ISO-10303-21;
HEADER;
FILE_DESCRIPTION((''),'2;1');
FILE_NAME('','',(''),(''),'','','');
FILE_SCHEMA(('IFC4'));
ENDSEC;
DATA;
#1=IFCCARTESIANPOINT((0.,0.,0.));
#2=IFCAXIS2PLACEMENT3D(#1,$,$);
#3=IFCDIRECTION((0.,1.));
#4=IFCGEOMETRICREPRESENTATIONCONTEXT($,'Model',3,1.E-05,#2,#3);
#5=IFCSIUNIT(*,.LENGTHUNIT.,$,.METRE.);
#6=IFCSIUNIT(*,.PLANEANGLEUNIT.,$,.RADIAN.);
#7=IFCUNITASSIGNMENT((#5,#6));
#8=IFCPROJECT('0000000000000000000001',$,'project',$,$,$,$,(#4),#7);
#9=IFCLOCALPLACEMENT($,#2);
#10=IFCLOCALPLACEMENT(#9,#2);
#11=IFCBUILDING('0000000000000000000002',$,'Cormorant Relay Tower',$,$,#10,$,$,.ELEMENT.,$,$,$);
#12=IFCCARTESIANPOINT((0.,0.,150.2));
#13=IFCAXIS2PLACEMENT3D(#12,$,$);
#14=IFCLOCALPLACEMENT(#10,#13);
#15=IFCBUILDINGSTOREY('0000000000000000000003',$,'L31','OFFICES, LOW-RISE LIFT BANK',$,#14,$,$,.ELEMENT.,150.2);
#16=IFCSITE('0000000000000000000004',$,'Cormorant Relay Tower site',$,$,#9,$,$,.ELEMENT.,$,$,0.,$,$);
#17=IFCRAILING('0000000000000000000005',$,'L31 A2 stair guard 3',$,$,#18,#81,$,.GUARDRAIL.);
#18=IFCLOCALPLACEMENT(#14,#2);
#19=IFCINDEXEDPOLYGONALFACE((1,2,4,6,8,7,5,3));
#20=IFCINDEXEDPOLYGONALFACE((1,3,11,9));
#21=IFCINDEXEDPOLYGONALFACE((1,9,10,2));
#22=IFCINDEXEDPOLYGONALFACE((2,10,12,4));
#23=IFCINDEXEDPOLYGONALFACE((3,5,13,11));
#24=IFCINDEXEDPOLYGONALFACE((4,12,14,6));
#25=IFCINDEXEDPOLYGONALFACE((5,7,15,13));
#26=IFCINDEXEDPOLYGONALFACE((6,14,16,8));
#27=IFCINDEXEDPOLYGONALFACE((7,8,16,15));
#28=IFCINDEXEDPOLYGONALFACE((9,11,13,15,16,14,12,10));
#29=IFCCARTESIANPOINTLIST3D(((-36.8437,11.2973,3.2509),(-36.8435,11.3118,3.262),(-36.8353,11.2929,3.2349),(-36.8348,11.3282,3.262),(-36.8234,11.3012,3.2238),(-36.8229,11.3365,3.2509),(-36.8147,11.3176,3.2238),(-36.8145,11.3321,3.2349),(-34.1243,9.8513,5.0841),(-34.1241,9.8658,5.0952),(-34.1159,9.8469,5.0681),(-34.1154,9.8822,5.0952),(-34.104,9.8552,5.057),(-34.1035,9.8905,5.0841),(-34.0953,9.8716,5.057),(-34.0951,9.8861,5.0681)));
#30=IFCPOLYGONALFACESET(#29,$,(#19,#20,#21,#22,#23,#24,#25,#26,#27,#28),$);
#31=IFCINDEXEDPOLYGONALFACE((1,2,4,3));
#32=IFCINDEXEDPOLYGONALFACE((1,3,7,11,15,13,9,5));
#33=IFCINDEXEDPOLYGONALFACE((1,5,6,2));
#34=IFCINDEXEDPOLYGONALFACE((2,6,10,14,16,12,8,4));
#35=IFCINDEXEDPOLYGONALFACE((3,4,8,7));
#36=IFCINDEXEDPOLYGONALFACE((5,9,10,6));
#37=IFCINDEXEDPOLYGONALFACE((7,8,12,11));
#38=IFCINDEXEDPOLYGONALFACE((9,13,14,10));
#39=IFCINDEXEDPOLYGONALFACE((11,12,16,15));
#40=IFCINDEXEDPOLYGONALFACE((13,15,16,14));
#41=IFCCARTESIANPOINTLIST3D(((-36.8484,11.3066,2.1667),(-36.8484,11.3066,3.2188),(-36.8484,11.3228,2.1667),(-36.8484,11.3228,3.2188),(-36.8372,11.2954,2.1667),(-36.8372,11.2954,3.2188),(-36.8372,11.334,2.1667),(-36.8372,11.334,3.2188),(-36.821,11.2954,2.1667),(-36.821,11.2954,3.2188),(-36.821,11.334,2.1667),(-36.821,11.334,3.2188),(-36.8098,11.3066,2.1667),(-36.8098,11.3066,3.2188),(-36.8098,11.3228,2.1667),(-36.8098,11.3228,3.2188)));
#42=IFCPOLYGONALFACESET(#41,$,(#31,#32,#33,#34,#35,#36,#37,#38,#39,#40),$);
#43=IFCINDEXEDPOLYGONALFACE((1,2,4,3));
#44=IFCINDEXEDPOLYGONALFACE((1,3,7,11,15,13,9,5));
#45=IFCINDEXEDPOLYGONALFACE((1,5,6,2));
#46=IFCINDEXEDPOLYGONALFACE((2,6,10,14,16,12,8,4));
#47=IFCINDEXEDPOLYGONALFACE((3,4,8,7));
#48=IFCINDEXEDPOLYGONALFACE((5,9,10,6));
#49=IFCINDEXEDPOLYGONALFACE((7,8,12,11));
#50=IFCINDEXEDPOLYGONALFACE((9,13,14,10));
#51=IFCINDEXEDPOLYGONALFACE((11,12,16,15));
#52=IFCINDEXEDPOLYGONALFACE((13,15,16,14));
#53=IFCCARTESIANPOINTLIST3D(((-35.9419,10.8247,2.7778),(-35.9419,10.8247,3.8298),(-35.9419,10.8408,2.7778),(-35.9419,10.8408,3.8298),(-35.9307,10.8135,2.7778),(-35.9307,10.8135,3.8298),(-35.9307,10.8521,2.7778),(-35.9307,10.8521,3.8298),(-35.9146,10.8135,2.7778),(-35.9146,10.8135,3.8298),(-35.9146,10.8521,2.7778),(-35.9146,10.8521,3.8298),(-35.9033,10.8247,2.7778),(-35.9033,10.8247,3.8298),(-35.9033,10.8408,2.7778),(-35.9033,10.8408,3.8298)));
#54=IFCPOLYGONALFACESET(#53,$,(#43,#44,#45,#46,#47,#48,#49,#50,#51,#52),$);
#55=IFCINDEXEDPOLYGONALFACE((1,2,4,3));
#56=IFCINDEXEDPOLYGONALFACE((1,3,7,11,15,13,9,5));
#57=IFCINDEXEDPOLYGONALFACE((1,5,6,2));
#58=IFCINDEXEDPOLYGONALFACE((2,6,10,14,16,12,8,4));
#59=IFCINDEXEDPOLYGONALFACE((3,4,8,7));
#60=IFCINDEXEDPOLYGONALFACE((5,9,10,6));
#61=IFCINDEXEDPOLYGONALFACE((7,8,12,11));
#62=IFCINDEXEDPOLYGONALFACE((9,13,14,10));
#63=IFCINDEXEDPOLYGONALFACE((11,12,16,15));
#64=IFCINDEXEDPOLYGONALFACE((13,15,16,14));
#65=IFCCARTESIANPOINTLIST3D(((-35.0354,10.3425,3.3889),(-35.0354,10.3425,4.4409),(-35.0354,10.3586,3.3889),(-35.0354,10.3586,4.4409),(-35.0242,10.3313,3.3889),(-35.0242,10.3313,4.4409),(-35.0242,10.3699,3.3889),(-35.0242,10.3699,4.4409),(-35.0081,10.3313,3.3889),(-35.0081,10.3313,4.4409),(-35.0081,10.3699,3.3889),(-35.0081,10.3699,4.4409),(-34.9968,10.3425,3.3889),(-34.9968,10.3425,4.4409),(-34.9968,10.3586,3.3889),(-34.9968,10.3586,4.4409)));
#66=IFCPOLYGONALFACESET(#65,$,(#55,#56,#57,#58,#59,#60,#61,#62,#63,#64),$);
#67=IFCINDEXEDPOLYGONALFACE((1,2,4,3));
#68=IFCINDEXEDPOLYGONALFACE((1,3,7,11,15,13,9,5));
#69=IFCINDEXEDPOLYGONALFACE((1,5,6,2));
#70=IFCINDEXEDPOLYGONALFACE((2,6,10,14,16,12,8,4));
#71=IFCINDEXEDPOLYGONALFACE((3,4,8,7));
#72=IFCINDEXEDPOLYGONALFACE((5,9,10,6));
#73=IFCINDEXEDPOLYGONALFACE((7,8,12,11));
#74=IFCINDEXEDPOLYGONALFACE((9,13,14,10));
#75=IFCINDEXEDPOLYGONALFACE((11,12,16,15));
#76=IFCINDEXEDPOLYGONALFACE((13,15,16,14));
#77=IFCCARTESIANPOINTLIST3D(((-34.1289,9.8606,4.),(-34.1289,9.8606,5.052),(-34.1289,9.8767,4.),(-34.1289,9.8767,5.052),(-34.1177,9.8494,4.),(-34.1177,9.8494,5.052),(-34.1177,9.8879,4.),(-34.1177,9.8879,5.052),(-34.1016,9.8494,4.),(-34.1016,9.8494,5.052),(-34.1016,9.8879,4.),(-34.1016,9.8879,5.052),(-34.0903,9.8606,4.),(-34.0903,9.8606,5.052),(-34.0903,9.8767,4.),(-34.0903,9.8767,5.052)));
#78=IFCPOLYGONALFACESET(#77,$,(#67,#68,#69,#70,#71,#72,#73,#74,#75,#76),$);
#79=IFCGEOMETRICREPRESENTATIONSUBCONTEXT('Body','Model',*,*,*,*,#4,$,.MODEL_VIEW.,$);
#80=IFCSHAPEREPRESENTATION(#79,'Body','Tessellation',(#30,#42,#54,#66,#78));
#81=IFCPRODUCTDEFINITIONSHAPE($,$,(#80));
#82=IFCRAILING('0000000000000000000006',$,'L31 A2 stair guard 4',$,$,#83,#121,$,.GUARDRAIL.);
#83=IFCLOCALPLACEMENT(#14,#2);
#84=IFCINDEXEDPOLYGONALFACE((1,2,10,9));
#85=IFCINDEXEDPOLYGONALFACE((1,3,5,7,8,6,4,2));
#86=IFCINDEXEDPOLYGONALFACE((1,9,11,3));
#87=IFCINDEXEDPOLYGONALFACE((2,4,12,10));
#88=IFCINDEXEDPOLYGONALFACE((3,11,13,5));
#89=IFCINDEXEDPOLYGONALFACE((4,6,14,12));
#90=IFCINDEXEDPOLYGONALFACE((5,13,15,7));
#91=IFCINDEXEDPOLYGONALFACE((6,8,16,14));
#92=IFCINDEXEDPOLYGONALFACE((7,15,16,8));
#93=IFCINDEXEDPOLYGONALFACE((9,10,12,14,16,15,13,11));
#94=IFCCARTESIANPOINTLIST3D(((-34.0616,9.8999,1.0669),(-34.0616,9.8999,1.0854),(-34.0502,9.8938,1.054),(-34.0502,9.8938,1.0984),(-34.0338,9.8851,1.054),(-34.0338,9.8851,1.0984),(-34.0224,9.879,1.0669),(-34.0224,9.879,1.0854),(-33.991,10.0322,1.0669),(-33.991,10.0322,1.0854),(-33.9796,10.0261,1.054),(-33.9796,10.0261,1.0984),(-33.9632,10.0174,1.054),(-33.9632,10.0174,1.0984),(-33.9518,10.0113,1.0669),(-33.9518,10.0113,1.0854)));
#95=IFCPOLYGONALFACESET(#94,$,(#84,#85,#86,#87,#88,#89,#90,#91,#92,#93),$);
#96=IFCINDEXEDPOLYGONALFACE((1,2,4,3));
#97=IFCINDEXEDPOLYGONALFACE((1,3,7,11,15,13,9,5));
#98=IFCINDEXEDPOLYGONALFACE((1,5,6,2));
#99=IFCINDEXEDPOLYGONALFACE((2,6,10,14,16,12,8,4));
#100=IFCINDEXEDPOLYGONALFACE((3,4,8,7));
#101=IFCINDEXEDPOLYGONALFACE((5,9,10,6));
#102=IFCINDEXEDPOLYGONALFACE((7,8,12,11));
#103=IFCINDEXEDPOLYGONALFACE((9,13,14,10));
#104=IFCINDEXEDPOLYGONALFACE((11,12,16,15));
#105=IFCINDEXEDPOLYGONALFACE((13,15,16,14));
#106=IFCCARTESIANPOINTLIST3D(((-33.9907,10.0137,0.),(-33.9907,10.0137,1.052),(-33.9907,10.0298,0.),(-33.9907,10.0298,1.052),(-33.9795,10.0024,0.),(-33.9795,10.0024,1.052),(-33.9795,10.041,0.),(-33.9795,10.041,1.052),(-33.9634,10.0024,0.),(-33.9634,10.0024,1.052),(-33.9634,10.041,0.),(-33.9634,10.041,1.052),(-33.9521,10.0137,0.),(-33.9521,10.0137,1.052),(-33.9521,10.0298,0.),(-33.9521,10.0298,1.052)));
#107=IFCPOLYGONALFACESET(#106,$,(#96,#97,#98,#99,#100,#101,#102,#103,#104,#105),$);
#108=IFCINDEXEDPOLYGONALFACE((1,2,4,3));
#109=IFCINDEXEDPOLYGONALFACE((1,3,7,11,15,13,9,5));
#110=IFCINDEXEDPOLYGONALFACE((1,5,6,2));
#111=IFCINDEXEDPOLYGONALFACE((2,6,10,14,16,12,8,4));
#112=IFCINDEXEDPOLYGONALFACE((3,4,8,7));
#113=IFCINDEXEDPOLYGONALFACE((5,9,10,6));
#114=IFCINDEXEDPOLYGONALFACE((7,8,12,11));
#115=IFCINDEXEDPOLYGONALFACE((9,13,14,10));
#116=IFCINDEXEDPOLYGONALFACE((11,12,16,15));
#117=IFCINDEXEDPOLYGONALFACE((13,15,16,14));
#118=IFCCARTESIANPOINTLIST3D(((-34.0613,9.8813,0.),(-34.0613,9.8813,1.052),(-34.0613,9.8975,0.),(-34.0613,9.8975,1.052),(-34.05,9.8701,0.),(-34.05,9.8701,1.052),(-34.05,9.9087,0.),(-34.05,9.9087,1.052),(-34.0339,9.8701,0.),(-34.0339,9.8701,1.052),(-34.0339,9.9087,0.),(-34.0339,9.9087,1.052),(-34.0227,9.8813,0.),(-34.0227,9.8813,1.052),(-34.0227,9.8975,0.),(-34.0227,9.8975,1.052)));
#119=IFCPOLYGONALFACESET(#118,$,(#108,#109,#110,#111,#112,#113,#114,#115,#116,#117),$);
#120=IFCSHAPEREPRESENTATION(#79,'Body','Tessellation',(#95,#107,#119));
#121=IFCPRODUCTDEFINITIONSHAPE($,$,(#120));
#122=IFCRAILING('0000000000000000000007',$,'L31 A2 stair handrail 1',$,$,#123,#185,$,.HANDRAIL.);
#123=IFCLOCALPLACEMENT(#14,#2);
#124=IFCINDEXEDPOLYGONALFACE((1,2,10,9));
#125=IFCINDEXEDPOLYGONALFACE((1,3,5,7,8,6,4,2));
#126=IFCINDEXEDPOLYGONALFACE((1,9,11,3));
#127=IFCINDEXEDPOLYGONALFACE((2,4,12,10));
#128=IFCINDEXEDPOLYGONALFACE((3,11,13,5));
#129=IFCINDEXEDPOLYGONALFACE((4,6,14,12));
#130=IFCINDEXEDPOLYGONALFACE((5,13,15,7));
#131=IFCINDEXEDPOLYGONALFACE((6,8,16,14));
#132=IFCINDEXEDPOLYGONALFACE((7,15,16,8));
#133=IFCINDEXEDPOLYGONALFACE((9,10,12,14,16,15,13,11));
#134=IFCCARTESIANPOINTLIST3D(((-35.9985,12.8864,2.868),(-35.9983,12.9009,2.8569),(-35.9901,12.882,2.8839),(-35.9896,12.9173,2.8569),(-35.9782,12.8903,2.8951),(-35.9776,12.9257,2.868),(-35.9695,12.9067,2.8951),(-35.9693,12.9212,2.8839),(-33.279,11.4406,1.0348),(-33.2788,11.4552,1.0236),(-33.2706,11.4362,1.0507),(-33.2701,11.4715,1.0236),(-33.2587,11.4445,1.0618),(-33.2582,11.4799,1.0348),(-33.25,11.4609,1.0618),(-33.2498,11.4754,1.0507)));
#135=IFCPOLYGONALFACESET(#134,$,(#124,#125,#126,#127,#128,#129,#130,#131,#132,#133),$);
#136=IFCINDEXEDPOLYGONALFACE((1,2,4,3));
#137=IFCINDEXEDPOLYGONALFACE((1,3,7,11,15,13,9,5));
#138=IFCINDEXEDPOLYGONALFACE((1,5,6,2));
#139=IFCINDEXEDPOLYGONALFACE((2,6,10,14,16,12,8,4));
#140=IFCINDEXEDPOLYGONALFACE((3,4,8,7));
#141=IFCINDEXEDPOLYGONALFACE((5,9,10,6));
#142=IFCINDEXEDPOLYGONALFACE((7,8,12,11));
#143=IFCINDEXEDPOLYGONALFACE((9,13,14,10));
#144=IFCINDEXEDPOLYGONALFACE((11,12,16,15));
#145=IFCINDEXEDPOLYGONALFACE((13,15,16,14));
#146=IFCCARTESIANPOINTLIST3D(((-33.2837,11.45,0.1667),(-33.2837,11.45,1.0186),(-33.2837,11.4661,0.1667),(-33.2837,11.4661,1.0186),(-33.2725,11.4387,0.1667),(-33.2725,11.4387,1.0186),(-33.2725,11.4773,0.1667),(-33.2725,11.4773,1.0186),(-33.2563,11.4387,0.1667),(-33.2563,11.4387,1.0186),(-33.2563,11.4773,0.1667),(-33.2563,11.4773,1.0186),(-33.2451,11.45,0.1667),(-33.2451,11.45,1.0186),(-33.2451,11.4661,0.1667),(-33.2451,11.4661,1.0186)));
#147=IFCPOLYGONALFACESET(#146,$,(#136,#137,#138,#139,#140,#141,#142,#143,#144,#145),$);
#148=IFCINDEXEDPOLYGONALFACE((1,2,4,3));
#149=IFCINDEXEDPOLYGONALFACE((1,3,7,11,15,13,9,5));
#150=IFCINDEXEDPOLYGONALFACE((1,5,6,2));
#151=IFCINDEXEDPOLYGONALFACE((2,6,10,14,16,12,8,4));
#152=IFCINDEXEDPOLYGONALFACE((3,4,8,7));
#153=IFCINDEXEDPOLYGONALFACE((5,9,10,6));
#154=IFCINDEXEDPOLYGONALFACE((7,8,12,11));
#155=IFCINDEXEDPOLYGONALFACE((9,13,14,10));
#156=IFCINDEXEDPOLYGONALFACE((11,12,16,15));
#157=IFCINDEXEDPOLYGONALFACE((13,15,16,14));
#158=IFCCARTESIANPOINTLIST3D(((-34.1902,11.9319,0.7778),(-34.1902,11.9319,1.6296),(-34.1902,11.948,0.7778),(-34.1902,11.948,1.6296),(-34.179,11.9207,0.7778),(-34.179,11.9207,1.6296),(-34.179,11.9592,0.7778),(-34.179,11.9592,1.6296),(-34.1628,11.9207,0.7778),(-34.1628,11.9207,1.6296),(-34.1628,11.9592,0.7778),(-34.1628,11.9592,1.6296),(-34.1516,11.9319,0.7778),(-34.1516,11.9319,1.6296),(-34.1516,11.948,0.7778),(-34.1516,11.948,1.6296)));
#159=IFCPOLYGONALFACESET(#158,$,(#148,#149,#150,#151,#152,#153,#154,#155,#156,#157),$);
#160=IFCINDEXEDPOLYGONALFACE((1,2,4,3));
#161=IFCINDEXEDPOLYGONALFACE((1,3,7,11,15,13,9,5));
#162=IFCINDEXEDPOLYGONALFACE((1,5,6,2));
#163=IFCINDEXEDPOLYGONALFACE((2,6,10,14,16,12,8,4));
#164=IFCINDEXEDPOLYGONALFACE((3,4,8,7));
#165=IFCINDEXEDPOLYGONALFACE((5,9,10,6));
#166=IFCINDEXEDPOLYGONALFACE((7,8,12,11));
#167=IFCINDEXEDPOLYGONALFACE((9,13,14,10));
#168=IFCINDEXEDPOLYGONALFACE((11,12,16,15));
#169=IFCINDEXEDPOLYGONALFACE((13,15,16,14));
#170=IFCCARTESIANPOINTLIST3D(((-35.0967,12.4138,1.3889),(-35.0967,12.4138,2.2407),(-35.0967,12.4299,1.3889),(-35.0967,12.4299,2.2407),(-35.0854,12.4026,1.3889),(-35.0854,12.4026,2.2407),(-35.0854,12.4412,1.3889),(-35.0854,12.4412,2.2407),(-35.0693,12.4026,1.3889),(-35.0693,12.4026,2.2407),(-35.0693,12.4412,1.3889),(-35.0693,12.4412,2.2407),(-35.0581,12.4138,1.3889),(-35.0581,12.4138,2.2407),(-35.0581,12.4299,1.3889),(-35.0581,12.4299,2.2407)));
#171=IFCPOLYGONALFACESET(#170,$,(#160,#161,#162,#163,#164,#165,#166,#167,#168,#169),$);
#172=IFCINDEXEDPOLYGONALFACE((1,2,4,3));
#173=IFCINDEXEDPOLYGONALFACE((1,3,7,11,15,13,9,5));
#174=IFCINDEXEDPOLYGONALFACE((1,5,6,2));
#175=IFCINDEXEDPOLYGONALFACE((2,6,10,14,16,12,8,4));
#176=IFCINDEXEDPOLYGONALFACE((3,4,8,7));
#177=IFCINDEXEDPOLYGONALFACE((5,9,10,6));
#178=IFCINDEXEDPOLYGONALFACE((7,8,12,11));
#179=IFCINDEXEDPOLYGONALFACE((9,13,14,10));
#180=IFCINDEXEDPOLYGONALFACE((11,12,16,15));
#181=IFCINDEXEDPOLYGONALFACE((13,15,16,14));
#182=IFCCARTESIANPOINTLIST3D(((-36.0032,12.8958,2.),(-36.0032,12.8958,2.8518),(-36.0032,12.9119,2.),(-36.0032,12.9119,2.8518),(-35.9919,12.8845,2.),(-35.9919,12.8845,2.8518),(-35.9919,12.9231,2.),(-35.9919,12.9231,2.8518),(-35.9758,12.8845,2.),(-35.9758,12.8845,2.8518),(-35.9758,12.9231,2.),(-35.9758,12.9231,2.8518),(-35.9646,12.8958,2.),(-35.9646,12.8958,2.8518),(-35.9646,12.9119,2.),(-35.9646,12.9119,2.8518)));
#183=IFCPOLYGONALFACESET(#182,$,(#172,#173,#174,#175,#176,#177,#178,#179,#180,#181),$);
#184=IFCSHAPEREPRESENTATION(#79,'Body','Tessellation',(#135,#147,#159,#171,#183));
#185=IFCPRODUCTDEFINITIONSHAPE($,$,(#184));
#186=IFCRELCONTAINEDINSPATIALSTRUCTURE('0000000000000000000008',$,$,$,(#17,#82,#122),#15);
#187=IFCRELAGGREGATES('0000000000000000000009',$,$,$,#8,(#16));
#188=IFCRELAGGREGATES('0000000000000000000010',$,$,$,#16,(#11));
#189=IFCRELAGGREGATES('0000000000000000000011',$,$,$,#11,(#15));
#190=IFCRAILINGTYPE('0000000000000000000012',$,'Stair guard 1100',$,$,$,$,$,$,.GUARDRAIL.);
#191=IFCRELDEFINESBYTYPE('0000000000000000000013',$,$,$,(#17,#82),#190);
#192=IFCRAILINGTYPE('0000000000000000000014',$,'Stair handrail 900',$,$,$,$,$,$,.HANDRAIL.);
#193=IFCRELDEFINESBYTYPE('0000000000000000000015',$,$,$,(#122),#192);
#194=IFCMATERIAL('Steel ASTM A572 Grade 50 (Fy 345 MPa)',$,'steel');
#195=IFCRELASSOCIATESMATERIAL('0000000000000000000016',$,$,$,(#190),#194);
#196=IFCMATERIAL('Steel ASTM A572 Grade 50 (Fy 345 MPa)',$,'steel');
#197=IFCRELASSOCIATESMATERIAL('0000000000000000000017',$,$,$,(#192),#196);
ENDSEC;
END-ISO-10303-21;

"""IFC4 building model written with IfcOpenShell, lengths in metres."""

from ifc_helpers import new_model, si_unit, direction, frame, origin, place, context, subcontext, project, spatial, polyline, outline, extrude, material, type_object, element, save


model = new_model("IFC4")

# Units and contexts
model_context = context("Model", 3, precision=1e-05, world=origin(), true_north=direction((0.0, 1.0)))
body_context = subcontext(model_context, "Body", "Model", "MODEL_VIEW")
ifc_project = project(units=[si_unit("LENGTHUNIT", "METRE"), si_unit("PLANEANGLEUNIT", "RADIAN")], contexts=[model_context])

# Site, building, storey
site_placement = place(None, origin())
site = spatial("IfcSite", under=ifc_project, at=site_placement, Name="Cormorant Relay Tower site", CompositionType="ELEMENT", RefElevation=0.0)
building_placement = place(site_placement, origin())
building = spatial("IfcBuilding", under=site, at=building_placement, Name="Cormorant Relay Tower", CompositionType="ELEMENT")
storey_placement = place(building_placement, frame((0.0, 0.0, 150.2)))
storey = spatial("IfcBuildingStorey", under=building, at=storey_placement, Name="L31", Description="OFFICES, LOW-RISE LIFT BANK", CompositionType="ELEMENT", Elevation=150.2)

# Railings
ifc_material_1 = material(Name="Steel ASTM A572 Grade 50 (Fy 345 MPa)", Category="steel")
railing_type_1 = type_object("IfcRailingType", Name="Stair guard 1100", PredefinedType="GUARDRAIL", material=ifc_material_1)
railing_1_placement = place(storey_placement, frame((-36.8291, 11.3147, 2.1667)))
element("IfcRailing", 1, at=railing_1_placement, inside=storey, type_object=railing_type_1, Name="L31 A2 stair guard 3", PredefinedType="GUARDRAIL", context=body_context, shape_type="SweptSolid", body=[
    extrude(outline(polyline([(0.0222, 0.0093), (0.0093, 0.0222), (-0.0093, 0.0222), (-0.0222, 0.0093), (-0.0222, -0.0093), (-0.0093, -0.0222), (0.0093, -0.0222), (0.0222, -0.0093), (0.0222, 0.0093)])), frame((0.0, 0.0, 1.0762), z_axis=(0.758714, -0.403435, 0.511463), x_axis=(0.469489, 0.882938, 0.0)), (0.0, 0.0, 1.0), 3.5842),
    extrude(outline(polyline([(0.0193, 0.0081), (0.0081, 0.0193), (-0.0081, 0.0193), (-0.0193, 0.0081), (-0.0193, -0.0081), (-0.0081, -0.0193), (0.0081, -0.0193), (0.0193, -0.0081), (0.0193, 0.0081)])), origin(), (0.0, 0.0, 1.0), 1.052),
    extrude(outline(polyline([(0.0193, 0.0081), (0.0081, 0.0193), (-0.0081, 0.0193), (-0.0193, 0.0081), (-0.0193, -0.0081), (-0.0081, -0.0193), (0.0081, -0.0193), (0.0193, -0.0081), (0.0193, 0.0081)])), frame((0.9065, -0.4819, 0.6111)), (0.0, 0.0, 1.0), 1.052),
    extrude(outline(polyline([(0.0193, 0.0081), (0.0081, 0.0193), (-0.0081, 0.0193), (-0.0193, 0.0081), (-0.0193, -0.0081), (-0.0081, -0.0193), (0.0081, -0.0193), (0.0193, -0.0081), (0.0193, 0.0081)])), frame((1.813, -0.9641, 1.2222)), (0.0, 0.0, 1.0), 1.052),
    extrude(outline(polyline([(0.0193, 0.0081), (0.0081, 0.0193), (-0.0081, 0.0193), (-0.0193, 0.0081), (-0.0193, -0.0081), (-0.0081, -0.0193), (0.0081, -0.0193), (0.0193, -0.0081), (0.0193, 0.0081)])), frame((2.7195, -1.446, 1.8333)), (0.0, 0.0, 1.0), 1.052),
])
railing_2_placement = place(storey_placement, frame((-33.9714, 10.0217, 0.0)))
element("IfcRailing", 2, at=railing_2_placement, inside=storey, type_object=railing_type_1, Name="L31 A2 stair guard 4", PredefinedType="GUARDRAIL", context=body_context, shape_type="SweptSolid", body=[
    extrude(outline(polyline([(0.0222, 0.0093), (0.0093, 0.0222), (-0.0093, 0.0222), (-0.0222, 0.0093), (-0.0222, -0.0093), (-0.0093, -0.0222), (0.0093, -0.0222), (0.0222, -0.0093), (0.0222, 0.0093)])), frame((0.0, 0.0, 1.0762), z_axis=(-0.470504, -0.882398, 0.0), x_axis=(0.882398, -0.470504, 0.0)), (0.0, 0.0, 1.0), 0.1499),
    extrude(outline(polyline([(0.0193, 0.0081), (0.0081, 0.0193), (-0.0081, 0.0193), (-0.0193, 0.0081), (-0.0193, -0.0081), (-0.0081, -0.0193), (0.0081, -0.0193), (0.0193, -0.0081), (0.0193, 0.0081)])), origin(), (0.0, 0.0, 1.0), 1.052),
    extrude(outline(polyline([(0.0193, 0.0081), (0.0081, 0.0193), (-0.0081, 0.0193), (-0.0193, 0.0081), (-0.0193, -0.0081), (-0.0081, -0.0193), (0.0081, -0.0193), (0.0193, -0.0081), (0.0193, 0.0081)])), frame((-0.0706, -0.1323, 0.0)), (0.0, 0.0, 1.0), 1.052),
])
ifc_material_2 = material(Name="Steel ASTM A572 Grade 50 (Fy 345 MPa)", Category="steel")
railing_type_2 = type_object("IfcRailingType", Name="Stair handrail 900", PredefinedType="HANDRAIL", material=ifc_material_2)
railing_3_placement = place(storey_placement, frame((-33.2644, 11.458, 0.1667)))
element("IfcRailing", 3, at=railing_3_placement, inside=storey, type_object=railing_type_2, Name="L31 A2 stair handrail 1", PredefinedType="HANDRAIL", context=body_context, shape_type="SweptSolid", body=[
    extrude(outline(polyline([(0.0222, 0.0093), (0.0093, 0.0222), (-0.0093, 0.0222), (-0.0222, 0.0093), (-0.0222, -0.0093), (-0.0093, -0.0222), (0.0093, -0.0222), (0.0222, -0.0093), (0.0222, 0.0093)])), frame((0.0, 0.0, 0.876), z_axis=(-0.758735, 0.403378, 0.511477), x_axis=(-0.469428, -0.882971, 0.0)), (0.0, 0.0, 1.0), 3.5842),
    extrude(outline(polyline([(0.0193, 0.0081), (0.0081, 0.0193), (-0.0081, 0.0193), (-0.0193, 0.0081), (-0.0193, -0.0081), (-0.0081, -0.0193), (0.0081, -0.0193), (0.0193, -0.0081), (0.0193, 0.0081)])), origin(), (0.0, 0.0, 1.0), 0.8518),
    extrude(outline(polyline([(0.0193, 0.0081), (0.0081, 0.0193), (-0.0081, 0.0193), (-0.0193, 0.0081), (-0.0193, -0.0081), (-0.0081, -0.0193), (0.0081, -0.0193), (0.0193, -0.0081), (0.0193, 0.0081)])), frame((-0.9065, 0.4819, 0.6111)), (0.0, 0.0, 1.0), 0.8518),
    extrude(outline(polyline([(0.0193, 0.0081), (0.0081, 0.0193), (-0.0081, 0.0193), (-0.0193, 0.0081), (-0.0193, -0.0081), (-0.0081, -0.0193), (0.0081, -0.0193), (0.0193, -0.0081), (0.0193, 0.0081)])), frame((-1.813, 0.9639, 1.2222)), (0.0, 0.0, 1.0), 0.8518),
    extrude(outline(polyline([(0.0193, 0.0081), (0.0081, 0.0193), (-0.0081, 0.0193), (-0.0193, 0.0081), (-0.0193, -0.0081), (-0.0081, -0.0193), (0.0081, -0.0193), (0.0193, -0.0081), (0.0193, 0.0081)])), frame((-2.7195, 1.4458, 1.8333)), (0.0, 0.0, 1.0), 0.8518),
])

save(model, "model.ifc")
